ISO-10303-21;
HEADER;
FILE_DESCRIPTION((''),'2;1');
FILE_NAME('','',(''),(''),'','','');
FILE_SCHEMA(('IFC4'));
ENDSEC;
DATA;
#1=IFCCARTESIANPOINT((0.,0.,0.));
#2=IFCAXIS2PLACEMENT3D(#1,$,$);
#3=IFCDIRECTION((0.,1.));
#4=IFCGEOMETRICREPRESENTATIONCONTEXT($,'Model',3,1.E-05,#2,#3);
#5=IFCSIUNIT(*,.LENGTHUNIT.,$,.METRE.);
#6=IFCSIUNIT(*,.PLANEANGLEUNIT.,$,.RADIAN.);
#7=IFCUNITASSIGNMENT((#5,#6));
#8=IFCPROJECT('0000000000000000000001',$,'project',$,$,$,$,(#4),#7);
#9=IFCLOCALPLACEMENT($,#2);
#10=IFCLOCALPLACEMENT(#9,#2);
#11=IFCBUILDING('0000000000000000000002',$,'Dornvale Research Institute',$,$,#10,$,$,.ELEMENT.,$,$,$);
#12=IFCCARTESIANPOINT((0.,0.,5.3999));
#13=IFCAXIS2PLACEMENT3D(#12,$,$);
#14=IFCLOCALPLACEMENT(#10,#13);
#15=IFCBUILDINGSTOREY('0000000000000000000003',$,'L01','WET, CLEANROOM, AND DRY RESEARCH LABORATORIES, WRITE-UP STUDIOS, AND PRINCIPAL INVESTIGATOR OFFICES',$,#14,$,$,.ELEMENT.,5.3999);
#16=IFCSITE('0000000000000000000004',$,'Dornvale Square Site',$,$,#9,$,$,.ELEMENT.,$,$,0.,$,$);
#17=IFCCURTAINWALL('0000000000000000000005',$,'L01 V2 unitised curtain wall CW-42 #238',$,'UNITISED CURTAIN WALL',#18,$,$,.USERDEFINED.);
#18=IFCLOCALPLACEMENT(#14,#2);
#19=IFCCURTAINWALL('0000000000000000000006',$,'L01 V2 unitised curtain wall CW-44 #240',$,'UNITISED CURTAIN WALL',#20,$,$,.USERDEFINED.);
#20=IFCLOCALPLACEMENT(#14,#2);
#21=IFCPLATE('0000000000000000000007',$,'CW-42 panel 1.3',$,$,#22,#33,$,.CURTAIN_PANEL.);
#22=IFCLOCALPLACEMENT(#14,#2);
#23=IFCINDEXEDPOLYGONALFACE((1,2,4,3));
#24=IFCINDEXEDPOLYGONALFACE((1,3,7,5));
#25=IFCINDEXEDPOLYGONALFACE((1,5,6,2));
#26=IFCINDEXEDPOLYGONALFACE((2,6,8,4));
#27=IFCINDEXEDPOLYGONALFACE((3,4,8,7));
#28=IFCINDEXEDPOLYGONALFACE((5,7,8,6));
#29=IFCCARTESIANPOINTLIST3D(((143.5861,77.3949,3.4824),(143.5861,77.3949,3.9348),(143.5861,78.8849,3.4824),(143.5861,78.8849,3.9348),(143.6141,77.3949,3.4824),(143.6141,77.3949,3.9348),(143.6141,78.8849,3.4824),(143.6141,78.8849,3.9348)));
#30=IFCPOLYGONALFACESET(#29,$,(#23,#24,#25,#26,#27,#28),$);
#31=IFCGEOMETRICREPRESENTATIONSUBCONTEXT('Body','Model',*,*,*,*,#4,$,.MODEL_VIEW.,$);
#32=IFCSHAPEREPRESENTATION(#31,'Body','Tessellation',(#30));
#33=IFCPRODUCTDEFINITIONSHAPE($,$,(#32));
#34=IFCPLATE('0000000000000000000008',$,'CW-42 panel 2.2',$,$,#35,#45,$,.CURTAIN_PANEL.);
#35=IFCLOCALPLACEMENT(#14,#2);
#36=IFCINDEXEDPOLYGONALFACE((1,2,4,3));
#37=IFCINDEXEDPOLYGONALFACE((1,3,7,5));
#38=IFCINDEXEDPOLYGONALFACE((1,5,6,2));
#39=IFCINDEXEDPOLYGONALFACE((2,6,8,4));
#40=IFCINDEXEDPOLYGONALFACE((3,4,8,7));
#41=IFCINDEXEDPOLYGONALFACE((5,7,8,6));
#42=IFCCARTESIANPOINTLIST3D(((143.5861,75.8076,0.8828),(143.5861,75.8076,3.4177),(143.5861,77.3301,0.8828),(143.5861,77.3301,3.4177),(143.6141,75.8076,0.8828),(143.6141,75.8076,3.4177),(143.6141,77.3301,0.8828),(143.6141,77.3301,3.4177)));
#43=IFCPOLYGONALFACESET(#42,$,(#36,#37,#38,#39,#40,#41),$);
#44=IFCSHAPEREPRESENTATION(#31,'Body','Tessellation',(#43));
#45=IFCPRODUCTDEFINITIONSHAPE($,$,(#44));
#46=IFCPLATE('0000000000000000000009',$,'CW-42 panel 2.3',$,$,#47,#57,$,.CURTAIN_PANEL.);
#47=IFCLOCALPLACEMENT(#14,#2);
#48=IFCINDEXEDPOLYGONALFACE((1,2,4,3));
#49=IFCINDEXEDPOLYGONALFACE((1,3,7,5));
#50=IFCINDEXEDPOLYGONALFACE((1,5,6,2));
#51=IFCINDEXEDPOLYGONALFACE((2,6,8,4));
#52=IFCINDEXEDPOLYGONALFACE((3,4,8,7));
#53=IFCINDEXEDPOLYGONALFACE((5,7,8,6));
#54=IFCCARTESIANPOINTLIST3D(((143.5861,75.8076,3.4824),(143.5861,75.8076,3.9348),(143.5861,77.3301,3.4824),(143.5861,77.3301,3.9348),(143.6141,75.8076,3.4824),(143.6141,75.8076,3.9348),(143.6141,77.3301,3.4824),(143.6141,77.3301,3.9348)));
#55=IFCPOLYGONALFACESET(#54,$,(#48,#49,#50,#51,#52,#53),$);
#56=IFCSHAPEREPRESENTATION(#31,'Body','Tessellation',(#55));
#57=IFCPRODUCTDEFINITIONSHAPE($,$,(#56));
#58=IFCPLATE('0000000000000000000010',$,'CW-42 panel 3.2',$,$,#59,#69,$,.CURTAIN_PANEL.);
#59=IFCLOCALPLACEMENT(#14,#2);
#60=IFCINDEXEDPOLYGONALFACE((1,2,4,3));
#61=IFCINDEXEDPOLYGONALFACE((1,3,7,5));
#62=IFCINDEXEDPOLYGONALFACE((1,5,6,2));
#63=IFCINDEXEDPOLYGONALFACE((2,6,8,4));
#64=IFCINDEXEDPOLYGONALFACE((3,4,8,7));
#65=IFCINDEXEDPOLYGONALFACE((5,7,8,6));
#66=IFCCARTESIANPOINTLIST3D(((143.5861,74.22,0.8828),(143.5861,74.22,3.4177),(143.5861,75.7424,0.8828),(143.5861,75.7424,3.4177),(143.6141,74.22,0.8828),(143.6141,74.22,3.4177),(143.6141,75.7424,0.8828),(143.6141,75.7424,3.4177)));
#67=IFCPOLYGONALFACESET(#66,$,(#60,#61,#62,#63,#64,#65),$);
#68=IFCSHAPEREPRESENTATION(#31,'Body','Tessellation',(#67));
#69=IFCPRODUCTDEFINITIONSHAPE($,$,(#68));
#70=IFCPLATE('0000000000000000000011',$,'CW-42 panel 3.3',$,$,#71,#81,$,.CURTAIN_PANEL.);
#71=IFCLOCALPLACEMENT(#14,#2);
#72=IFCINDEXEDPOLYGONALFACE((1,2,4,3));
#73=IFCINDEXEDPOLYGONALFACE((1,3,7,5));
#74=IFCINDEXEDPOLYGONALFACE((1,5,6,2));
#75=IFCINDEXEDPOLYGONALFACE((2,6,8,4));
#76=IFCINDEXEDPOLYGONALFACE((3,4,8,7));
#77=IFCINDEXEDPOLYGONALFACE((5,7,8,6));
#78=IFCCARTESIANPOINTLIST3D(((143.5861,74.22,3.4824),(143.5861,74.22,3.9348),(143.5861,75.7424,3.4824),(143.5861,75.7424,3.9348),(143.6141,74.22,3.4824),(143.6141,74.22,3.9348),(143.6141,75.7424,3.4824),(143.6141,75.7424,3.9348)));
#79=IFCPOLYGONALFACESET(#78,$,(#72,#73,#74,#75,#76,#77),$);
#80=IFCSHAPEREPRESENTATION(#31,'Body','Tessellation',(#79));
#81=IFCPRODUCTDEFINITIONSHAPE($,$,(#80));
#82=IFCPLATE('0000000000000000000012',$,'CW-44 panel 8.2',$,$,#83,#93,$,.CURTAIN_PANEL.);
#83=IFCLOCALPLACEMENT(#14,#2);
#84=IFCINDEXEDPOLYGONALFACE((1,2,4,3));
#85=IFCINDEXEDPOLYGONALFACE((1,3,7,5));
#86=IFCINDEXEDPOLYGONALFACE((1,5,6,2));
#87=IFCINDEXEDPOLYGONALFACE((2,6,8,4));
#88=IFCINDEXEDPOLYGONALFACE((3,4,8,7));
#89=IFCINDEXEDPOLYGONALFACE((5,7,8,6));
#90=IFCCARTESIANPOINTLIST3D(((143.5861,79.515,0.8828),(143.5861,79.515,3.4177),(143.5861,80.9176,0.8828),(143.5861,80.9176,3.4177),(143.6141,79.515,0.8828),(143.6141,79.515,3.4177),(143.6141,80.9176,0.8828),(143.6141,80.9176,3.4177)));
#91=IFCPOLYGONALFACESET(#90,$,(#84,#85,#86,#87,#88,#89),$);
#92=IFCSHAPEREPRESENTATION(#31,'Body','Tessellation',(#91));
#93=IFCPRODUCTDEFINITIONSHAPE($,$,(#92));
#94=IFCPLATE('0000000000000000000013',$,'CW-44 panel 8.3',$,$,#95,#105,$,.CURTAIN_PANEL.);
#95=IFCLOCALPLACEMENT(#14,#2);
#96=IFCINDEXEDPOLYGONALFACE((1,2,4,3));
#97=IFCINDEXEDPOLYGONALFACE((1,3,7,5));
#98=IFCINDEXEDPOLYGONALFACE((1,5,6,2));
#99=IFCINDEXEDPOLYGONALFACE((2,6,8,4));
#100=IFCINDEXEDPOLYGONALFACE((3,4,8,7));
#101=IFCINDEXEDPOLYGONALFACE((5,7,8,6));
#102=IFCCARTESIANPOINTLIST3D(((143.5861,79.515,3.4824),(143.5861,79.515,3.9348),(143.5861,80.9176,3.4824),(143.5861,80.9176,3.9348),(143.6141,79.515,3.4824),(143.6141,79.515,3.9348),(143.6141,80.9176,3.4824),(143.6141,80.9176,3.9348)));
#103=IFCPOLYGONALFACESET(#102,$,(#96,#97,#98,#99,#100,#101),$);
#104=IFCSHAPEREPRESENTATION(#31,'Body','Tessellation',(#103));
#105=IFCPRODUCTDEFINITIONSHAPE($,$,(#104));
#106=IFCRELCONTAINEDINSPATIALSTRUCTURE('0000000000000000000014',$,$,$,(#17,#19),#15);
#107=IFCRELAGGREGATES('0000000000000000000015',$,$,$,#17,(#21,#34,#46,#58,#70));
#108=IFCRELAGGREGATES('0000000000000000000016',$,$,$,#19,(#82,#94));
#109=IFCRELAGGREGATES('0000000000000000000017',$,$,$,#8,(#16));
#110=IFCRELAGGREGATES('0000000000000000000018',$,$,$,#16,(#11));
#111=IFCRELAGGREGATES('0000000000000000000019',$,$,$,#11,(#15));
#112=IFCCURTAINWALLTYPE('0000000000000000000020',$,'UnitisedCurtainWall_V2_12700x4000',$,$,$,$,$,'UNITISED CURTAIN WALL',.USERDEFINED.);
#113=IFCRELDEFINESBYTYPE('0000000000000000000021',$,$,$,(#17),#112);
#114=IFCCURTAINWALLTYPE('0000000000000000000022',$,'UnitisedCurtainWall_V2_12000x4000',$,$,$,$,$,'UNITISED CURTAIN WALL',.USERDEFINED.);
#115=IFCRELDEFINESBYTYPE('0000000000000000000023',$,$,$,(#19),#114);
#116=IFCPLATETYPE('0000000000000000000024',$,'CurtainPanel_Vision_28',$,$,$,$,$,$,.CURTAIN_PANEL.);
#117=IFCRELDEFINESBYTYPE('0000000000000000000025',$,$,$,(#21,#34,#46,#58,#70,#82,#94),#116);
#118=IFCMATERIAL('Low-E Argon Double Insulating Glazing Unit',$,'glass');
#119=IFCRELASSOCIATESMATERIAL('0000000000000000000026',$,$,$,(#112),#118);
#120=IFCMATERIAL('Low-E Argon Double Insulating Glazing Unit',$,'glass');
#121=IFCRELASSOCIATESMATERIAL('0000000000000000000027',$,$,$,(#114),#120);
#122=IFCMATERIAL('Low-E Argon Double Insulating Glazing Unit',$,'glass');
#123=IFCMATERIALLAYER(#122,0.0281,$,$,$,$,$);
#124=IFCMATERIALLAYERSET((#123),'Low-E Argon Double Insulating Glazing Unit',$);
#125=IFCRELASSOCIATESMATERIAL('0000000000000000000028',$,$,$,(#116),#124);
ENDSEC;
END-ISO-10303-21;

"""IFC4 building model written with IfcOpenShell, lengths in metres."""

from ifc_helpers import new_model, si_unit, direction, frame, origin, origin_2d, place, context, subcontext, project, spatial, rectangle, extrude, material, layer, layer_set, type_object, element, aggregate, save


model = new_model("IFC4")

# Units and contexts
model_context = context("Model", 3, precision=1e-05, world=origin(), true_north=direction((0.0, 1.0)))
body_context = subcontext(model_context, "Body", "Model", "MODEL_VIEW")
ifc_project = project(units=[si_unit("LENGTHUNIT", "METRE"), si_unit("PLANEANGLEUNIT", "RADIAN")], contexts=[model_context])

# Site, building, storey
site_placement = place(None, origin())
site = spatial("IfcSite", under=ifc_project, at=site_placement, Name="Dornvale Square Site", CompositionType="ELEMENT", RefElevation=0.0)
building_placement = place(site_placement, origin())
building = spatial("IfcBuilding", under=site, at=building_placement, Name="Dornvale Research Institute", CompositionType="ELEMENT")
storey_placement = place(building_placement, frame((0.0, 0.0, 5.3999)))
storey = spatial("IfcBuildingStorey", under=building, at=storey_placement, Name="L01", Description="WET, CLEANROOM, AND DRY RESEARCH LABORATORIES, WRITE-UP STUDIOS, AND PRINCIPAL INVESTIGATOR OFFICES", CompositionType="ELEMENT", Elevation=5.3999)

# Curtain wall
ifc_material_1 = material(Name="Low-E Argon Double Insulating Glazing Unit", Category="glass")
curtain_wall_type_1 = type_object("IfcCurtainWallType", Name="UnitisedCurtainWall_V2_12700x4000", ElementType="UNITISED CURTAIN WALL", PredefinedType="USERDEFINED", material=ifc_material_1)
curtain_wall_1_placement = place(storey_placement, origin())
curtain_wall_1 = element("IfcCurtainWall", 1, at=curtain_wall_1_placement, inside=storey, type_object=curtain_wall_type_1, Name="L01 V2 unitised curtain wall CW-42 #238", ObjectType="UNITISED CURTAIN WALL", PredefinedType="USERDEFINED")

# Curtain wall
ifc_material_2 = material(Name="Low-E Argon Double Insulating Glazing Unit", Category="glass")
curtain_wall_type_2 = type_object("IfcCurtainWallType", Name="UnitisedCurtainWall_V2_12000x4000", ElementType="UNITISED CURTAIN WALL", PredefinedType="USERDEFINED", material=ifc_material_2)
curtain_wall_2_placement = place(storey_placement, origin())
curtain_wall_2 = element("IfcCurtainWall", 2, at=curtain_wall_2_placement, inside=storey, type_object=curtain_wall_type_2, Name="L01 V2 unitised curtain wall CW-44 #240", ObjectType="UNITISED CURTAIN WALL", PredefinedType="USERDEFINED")

# Plates
ifc_material_3 = material(Name="Low-E Argon Double Insulating Glazing Unit", Category="glass")
ifc_layer_1 = layer(ifc_material_3, 0.0281)
ifc_layer_set_1 = layer_set([ifc_layer_1], Name="Low-E Argon Double Insulating Glazing Unit")
plate_type_1 = type_object("IfcPlateType", Name="CurtainPanel_Vision_28", PredefinedType="CURTAIN_PANEL", material=ifc_layer_set_1)
plate_1_placement = place(storey_placement, frame((143.6001, 78.1399, 3.4824), z_axis=(0.0, 0.0, 1.0), x_axis=(0.0, -1.0, 0.0)))
plate_1 = element("IfcPlate", 3, at=plate_1_placement, type_object=plate_type_1, Name="CW-42 panel 1.3", PredefinedType="CURTAIN_PANEL", context=body_context, shape_type="SweptSolid", body=[
    extrude(rectangle(XDim=1.49, YDim=0.0281, at=origin_2d()), origin(), (0.0, 0.0, 1.0), 0.4524),
])
plate_2_placement = place(storey_placement, frame((143.6001, 76.5688, 0.8828), z_axis=(0.0, 0.0, 1.0), x_axis=(0.0, -1.0, 0.0)))
plate_2 = element("IfcPlate", 4, at=plate_2_placement, type_object=plate_type_1, Name="CW-42 panel 2.2", PredefinedType="CURTAIN_PANEL", context=body_context, shape_type="SweptSolid", body=[
    extrude(rectangle(XDim=1.5225, YDim=0.0281, at=origin_2d()), origin(), (0.0, 0.0, 1.0), 2.5349),
])
plate_3_placement = place(storey_placement, frame((143.6001, 76.5688, 3.4824), z_axis=(0.0, 0.0, 1.0), x_axis=(0.0, -1.0, 0.0)))
plate_3 = element("IfcPlate", 5, at=plate_3_placement, type_object=plate_type_1, Name="CW-42 panel 2.3", PredefinedType="CURTAIN_PANEL", context=body_context, shape_type="SweptSolid", body=[
    extrude(rectangle(XDim=1.5225, YDim=0.0281, at=origin_2d()), origin(), (0.0, 0.0, 1.0), 0.4524),
])
plate_4_placement = place(storey_placement, frame((143.6001, 74.9812, 0.8828), z_axis=(0.0, 0.0, 1.0), x_axis=(0.0, -1.0, 0.0)))
plate_4 = element("IfcPlate", 6, at=plate_4_placement, type_object=plate_type_1, Name="CW-42 panel 3.2", PredefinedType="CURTAIN_PANEL", context=body_context, shape_type="SweptSolid", body=[
    extrude(rectangle(XDim=1.5225, YDim=0.0281, at=origin_2d()), origin(), (0.0, 0.0, 1.0), 2.5349),
])
plate_5_placement = place(storey_placement, frame((143.6001, 74.9812, 3.4824), z_axis=(0.0, 0.0, 1.0), x_axis=(0.0, -1.0, 0.0)))
plate_5 = element("IfcPlate", 7, at=plate_5_placement, type_object=plate_type_1, Name="CW-42 panel 3.3", PredefinedType="CURTAIN_PANEL", context=body_context, shape_type="SweptSolid", body=[
    extrude(rectangle(XDim=1.5225, YDim=0.0281, at=origin_2d()), origin(), (0.0, 0.0, 1.0), 0.4524),
])
aggregate(curtain_wall_1, [plate_1, plate_2, plate_3, plate_4, plate_5])
plate_6_placement = place(storey_placement, frame((143.6001, 80.2163, 0.8828), z_axis=(0.0, 0.0, 1.0), x_axis=(0.0, -1.0, 0.0)))
plate_6 = element("IfcPlate", 8, at=plate_6_placement, type_object=plate_type_1, Name="CW-44 panel 8.2", PredefinedType="CURTAIN_PANEL", context=body_context, shape_type="SweptSolid", body=[
    extrude(rectangle(XDim=1.4026, YDim=0.0281, at=origin_2d()), origin(), (0.0, 0.0, 1.0), 2.5349),
])
plate_7_placement = place(storey_placement, frame((143.6001, 80.2163, 3.4824), z_axis=(0.0, 0.0, 1.0), x_axis=(0.0, -1.0, 0.0)))
plate_7 = element("IfcPlate", 9, at=plate_7_placement, type_object=plate_type_1, Name="CW-44 panel 8.3", PredefinedType="CURTAIN_PANEL", context=body_context, shape_type="SweptSolid", body=[
    extrude(rectangle(XDim=1.4026, YDim=0.0281, at=origin_2d()), origin(), (0.0, 0.0, 1.0), 0.4524),
])
aggregate(curtain_wall_2, [plate_6, plate_7])

save(model, "model.ifc")
